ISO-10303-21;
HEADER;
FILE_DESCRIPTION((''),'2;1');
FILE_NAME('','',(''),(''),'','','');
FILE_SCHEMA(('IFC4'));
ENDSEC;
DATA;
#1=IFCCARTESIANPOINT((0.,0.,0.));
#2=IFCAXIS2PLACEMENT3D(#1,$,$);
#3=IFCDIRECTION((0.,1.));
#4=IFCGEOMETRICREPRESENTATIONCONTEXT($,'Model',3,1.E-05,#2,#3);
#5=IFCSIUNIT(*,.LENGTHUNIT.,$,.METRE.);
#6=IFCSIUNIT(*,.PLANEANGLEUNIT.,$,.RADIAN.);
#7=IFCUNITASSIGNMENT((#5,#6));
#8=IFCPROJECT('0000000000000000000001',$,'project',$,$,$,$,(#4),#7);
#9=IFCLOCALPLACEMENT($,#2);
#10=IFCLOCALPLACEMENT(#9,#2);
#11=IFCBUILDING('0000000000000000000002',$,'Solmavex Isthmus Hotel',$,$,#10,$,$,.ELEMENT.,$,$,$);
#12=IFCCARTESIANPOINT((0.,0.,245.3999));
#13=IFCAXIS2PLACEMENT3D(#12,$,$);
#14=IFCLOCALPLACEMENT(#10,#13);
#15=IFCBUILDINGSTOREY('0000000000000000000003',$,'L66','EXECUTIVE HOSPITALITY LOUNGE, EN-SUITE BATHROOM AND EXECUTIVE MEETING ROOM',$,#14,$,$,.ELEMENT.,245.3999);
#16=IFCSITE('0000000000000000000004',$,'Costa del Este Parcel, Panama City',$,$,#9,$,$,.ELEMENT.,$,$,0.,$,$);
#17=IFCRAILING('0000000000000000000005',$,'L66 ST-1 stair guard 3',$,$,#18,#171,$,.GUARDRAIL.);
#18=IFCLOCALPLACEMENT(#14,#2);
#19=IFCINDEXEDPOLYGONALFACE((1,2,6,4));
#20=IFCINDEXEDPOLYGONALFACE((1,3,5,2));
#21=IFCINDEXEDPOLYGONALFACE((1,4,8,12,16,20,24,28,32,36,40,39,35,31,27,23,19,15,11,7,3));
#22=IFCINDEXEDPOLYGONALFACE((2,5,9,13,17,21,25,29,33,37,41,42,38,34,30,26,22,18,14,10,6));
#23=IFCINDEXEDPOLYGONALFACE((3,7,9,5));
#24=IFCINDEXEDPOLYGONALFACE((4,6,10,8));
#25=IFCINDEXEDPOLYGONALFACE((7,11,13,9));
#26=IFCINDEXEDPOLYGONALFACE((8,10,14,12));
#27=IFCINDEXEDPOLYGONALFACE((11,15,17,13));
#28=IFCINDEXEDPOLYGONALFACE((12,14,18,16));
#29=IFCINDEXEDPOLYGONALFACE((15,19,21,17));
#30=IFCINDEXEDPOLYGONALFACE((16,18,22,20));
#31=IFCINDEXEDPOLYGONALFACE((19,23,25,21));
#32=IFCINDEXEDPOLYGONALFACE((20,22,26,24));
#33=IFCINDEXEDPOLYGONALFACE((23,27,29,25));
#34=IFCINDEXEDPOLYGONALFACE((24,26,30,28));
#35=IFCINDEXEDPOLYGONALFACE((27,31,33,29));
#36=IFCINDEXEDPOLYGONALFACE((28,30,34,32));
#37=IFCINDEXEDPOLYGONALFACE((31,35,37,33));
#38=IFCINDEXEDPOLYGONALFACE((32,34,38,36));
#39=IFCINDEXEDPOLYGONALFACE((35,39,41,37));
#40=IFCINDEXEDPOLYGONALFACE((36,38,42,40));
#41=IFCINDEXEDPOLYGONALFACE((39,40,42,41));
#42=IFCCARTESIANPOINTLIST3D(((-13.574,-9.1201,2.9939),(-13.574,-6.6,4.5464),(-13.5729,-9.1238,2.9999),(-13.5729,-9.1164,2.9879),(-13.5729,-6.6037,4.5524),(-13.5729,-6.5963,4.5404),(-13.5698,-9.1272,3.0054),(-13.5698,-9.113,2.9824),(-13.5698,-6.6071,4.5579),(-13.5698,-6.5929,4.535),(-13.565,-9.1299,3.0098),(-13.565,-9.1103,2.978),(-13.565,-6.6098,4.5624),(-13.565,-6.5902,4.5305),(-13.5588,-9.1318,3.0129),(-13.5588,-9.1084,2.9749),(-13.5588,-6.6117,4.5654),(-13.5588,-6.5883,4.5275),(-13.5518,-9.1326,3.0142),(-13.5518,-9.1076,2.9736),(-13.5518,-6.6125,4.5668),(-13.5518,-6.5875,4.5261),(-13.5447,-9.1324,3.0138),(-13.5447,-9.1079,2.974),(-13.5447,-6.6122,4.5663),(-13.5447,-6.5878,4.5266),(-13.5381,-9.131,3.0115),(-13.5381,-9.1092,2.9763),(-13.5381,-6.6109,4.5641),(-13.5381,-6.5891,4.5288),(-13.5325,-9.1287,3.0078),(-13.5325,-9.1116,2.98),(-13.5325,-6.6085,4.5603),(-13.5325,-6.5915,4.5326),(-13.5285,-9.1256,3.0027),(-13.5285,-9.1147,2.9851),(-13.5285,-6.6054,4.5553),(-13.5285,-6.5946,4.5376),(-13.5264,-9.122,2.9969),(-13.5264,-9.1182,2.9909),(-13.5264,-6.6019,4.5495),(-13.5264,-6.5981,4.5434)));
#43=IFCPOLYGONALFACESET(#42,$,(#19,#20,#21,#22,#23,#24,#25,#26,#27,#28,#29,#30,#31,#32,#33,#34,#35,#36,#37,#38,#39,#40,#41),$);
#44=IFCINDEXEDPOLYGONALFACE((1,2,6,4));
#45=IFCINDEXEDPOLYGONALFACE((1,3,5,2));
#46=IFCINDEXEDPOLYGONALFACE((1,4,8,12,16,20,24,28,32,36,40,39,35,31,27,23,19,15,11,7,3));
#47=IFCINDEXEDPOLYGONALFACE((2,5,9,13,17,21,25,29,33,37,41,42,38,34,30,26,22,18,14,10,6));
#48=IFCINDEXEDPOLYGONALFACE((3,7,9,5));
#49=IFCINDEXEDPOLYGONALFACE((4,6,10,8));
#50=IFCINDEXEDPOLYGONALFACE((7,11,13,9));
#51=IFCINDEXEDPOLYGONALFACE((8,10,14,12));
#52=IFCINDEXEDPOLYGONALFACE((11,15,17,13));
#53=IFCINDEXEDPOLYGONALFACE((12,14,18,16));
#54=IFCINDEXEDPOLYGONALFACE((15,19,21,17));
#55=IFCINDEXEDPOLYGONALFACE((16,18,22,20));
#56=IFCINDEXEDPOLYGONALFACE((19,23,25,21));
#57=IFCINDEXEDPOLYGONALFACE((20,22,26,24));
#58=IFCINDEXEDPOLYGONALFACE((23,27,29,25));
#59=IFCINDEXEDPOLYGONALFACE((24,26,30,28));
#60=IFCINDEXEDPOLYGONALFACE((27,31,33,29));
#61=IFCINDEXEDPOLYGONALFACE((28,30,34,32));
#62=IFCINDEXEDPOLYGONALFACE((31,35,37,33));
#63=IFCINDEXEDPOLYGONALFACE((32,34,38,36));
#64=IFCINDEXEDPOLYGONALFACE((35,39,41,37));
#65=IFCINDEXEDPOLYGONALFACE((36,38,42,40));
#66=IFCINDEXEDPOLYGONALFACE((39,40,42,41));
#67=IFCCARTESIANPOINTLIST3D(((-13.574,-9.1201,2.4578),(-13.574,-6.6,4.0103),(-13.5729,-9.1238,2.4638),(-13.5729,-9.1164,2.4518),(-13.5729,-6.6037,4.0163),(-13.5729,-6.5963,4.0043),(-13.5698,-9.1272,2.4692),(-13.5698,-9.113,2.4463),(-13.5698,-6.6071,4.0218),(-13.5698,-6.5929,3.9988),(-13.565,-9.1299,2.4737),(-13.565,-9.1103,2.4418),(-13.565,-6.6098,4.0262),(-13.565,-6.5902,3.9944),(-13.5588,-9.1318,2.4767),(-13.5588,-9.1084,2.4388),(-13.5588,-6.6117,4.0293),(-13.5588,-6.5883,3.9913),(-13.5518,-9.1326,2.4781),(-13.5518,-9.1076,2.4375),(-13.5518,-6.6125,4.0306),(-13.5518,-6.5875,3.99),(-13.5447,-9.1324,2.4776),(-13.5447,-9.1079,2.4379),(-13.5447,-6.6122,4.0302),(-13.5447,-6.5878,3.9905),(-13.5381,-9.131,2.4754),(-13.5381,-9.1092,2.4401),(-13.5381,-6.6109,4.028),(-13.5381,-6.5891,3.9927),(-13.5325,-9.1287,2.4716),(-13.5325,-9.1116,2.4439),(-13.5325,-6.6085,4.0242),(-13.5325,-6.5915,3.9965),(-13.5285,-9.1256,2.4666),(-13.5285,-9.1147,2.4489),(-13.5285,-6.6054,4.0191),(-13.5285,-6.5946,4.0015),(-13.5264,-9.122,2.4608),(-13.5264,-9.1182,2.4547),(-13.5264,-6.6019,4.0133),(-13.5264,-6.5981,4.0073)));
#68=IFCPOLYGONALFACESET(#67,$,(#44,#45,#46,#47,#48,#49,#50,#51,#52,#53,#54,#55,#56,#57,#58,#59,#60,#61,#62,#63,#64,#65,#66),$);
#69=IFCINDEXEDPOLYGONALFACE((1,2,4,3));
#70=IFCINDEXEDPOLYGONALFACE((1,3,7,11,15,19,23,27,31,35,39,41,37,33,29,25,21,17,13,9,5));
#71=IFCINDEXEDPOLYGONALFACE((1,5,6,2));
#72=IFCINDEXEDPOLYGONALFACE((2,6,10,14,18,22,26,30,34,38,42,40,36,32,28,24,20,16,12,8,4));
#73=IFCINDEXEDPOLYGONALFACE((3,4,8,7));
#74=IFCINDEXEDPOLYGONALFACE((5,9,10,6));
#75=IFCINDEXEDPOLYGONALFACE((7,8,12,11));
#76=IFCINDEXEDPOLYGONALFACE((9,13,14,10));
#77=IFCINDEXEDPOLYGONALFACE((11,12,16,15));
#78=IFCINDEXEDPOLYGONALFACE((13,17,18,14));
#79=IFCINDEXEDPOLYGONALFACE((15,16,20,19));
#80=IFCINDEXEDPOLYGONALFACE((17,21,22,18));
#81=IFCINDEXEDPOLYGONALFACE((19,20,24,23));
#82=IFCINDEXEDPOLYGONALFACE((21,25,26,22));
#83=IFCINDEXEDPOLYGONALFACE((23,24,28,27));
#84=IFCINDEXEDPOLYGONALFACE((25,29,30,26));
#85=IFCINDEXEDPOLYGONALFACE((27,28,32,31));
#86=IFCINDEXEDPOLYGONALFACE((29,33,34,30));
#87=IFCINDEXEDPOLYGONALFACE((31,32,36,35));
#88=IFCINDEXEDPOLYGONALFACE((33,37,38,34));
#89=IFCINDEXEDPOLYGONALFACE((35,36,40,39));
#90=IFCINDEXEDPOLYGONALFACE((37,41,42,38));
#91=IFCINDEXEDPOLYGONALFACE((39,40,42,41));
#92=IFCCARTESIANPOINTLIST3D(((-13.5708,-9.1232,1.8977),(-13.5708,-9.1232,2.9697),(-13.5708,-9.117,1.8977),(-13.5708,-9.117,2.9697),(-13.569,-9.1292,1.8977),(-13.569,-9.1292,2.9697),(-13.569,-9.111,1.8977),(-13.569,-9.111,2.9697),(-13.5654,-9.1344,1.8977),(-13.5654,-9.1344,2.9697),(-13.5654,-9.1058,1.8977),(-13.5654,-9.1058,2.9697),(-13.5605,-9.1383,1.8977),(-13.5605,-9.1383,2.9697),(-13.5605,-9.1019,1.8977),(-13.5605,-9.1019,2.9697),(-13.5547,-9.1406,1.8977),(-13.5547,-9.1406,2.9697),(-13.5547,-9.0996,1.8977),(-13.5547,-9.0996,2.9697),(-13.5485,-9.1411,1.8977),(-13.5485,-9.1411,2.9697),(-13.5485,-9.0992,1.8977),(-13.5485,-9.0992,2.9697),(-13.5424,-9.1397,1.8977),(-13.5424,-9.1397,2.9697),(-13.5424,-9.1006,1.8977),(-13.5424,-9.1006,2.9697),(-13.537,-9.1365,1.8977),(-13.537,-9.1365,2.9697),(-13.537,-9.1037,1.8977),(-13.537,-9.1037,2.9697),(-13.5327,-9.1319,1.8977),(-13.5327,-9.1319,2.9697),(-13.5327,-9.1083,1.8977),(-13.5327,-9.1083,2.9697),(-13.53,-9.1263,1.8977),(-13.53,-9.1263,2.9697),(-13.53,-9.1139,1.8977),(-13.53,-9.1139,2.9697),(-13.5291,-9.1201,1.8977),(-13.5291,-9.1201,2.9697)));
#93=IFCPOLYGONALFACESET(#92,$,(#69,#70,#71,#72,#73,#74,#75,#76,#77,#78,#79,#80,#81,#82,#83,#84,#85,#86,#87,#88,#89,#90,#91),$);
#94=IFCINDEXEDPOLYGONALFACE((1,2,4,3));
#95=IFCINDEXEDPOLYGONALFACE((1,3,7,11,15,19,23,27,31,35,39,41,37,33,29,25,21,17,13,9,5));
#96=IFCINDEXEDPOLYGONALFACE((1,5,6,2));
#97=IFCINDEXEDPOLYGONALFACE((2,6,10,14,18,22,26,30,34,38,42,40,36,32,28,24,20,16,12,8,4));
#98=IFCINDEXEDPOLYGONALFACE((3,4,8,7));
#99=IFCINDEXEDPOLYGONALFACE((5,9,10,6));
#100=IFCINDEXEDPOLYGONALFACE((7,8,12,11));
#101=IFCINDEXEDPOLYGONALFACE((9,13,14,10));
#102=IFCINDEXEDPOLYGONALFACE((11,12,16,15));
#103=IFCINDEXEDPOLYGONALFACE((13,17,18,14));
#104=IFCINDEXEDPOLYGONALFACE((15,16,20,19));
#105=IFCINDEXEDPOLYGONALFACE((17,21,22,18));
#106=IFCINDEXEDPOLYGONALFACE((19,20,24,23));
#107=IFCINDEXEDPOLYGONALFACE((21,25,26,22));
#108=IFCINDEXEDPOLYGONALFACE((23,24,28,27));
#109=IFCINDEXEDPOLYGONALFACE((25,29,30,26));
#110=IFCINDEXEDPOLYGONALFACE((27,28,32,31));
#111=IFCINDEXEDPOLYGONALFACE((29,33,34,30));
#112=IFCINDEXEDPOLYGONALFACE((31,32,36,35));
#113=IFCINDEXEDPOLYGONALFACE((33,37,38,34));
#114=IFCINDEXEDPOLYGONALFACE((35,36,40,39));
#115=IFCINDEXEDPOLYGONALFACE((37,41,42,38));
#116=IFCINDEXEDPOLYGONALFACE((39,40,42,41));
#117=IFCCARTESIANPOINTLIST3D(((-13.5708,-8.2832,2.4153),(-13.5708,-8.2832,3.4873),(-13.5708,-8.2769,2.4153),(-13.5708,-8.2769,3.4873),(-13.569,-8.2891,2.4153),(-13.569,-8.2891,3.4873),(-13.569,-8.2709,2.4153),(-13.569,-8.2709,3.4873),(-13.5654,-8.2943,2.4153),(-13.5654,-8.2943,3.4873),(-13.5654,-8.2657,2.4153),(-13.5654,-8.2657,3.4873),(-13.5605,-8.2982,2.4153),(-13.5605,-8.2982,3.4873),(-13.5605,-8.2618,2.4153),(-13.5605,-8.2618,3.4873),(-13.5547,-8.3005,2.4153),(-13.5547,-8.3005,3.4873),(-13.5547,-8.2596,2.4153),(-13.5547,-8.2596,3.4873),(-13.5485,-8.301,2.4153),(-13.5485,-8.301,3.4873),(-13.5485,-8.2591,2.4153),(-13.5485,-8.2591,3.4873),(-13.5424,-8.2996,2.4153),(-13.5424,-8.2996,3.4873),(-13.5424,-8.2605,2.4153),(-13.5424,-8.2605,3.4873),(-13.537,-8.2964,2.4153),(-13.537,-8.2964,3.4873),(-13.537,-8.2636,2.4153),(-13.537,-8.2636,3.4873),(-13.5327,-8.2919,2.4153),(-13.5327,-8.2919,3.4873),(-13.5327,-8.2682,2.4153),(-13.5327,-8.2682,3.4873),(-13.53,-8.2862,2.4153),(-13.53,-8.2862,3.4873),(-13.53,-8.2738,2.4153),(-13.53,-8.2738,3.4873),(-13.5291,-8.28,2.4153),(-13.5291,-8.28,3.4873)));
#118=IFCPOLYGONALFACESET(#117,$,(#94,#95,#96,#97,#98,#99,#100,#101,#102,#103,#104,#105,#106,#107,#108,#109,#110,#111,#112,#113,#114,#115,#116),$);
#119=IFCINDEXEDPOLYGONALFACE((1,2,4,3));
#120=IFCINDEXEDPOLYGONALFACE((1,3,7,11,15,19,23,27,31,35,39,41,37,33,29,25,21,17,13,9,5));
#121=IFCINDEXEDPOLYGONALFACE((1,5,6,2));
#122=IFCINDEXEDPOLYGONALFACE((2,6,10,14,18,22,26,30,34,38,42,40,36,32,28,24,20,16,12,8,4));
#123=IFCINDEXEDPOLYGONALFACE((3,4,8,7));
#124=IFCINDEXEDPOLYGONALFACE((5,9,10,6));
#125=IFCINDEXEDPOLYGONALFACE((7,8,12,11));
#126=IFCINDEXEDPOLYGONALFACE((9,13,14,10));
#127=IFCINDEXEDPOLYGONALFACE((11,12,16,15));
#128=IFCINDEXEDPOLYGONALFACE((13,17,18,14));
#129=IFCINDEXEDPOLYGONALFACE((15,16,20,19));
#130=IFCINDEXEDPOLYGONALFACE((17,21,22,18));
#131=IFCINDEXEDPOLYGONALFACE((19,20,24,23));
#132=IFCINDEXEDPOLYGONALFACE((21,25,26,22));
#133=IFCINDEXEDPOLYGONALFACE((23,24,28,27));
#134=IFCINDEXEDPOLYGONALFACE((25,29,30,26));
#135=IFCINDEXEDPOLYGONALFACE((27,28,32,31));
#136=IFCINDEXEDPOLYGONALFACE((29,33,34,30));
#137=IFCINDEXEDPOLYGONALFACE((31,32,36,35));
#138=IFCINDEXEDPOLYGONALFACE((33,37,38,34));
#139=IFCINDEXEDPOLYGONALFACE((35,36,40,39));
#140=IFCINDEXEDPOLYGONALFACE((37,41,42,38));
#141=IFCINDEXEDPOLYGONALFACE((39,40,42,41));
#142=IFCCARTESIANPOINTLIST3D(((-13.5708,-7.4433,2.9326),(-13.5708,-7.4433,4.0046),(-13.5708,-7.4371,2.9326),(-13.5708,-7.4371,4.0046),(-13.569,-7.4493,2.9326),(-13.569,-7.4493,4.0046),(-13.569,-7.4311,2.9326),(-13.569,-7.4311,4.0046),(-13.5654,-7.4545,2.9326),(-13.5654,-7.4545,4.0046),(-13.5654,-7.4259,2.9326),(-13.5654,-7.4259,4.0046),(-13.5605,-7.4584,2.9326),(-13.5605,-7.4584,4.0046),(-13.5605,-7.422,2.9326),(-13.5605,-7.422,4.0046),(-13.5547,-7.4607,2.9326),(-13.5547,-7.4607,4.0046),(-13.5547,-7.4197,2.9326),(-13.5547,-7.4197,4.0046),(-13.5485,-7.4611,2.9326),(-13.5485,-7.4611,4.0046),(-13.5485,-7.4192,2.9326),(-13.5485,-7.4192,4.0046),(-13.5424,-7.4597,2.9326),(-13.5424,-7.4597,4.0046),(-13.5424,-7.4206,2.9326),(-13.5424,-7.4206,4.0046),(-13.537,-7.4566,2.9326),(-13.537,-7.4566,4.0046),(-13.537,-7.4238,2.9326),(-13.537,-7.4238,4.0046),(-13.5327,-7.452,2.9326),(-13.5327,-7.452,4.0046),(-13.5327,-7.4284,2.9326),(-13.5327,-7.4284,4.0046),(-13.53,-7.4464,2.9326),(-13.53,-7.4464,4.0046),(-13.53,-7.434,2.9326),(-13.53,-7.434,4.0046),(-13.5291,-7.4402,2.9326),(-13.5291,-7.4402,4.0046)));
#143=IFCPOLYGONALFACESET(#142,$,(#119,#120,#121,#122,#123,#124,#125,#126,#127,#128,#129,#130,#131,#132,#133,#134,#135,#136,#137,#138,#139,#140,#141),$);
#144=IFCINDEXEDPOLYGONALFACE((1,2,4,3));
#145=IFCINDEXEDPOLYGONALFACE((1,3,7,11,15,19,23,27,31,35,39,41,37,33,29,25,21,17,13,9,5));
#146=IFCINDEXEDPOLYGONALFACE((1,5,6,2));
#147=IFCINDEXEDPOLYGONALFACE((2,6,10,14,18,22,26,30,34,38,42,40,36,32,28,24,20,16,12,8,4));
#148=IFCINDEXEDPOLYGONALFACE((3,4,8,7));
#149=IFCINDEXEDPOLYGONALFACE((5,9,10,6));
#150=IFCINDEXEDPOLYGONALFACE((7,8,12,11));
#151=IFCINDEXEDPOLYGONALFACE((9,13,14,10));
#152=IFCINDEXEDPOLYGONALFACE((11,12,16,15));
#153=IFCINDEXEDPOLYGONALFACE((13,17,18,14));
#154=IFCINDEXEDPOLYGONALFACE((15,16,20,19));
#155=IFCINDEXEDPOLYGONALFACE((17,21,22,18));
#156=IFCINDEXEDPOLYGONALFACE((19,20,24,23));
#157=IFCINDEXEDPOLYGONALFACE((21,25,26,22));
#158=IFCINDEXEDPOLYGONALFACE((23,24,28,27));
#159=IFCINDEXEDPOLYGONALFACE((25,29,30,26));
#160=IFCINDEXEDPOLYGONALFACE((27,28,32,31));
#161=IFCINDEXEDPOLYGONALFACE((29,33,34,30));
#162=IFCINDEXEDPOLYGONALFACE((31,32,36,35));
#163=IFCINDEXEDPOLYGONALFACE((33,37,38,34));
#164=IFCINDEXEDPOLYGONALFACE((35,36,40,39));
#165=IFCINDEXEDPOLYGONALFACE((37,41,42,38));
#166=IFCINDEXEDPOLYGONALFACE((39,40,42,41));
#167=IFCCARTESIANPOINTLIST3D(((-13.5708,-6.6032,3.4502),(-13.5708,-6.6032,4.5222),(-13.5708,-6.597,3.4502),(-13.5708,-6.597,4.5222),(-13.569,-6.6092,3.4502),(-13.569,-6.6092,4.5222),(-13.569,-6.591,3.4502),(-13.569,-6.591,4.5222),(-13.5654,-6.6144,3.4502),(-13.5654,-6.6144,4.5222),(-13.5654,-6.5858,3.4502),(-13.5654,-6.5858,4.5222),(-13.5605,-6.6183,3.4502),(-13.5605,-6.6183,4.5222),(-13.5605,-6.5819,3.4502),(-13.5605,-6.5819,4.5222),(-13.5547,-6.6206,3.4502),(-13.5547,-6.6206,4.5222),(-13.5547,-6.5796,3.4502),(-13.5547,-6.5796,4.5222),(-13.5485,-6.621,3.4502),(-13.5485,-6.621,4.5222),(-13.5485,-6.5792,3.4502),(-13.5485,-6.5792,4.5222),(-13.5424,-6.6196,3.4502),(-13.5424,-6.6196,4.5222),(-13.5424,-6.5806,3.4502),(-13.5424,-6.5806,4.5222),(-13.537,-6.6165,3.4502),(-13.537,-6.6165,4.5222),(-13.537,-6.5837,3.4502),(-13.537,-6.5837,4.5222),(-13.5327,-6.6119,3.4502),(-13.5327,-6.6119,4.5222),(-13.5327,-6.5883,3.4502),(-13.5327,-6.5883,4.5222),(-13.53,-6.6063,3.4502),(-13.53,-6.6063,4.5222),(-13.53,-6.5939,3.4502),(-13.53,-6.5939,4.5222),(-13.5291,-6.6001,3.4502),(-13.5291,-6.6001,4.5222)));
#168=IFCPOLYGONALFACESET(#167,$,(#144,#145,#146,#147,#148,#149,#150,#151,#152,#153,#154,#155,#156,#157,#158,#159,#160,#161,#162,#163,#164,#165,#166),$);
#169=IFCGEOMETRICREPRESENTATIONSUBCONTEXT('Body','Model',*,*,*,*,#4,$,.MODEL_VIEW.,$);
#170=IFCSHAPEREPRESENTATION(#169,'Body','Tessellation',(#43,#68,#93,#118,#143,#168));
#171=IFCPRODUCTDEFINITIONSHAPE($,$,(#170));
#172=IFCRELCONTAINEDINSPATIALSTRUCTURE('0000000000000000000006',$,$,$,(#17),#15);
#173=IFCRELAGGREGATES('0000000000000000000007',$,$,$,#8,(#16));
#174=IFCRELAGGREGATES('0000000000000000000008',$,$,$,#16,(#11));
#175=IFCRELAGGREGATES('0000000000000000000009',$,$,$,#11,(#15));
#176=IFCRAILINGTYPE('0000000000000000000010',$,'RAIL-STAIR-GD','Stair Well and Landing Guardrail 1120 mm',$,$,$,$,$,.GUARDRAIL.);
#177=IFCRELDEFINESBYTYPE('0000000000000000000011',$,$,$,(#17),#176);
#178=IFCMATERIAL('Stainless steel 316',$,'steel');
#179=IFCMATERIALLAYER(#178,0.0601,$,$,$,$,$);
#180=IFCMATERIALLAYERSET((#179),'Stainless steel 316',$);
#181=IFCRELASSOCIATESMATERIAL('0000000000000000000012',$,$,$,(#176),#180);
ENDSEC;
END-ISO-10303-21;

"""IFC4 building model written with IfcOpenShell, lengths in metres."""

from ifc_helpers import new_model, si_unit, direction, frame, origin, origin_2d, place, context, subcontext, project, spatial, circle, extrude, material, layer, layer_set, type_object, element, save


model = new_model("IFC4")

# Units and contexts
model_context = context("Model", 3, precision=1e-05, world=origin(), true_north=direction((0.0, 1.0)))
body_context = subcontext(model_context, "Body", "Model", "MODEL_VIEW")
ifc_project = project(units=[si_unit("LENGTHUNIT", "METRE"), si_unit("PLANEANGLEUNIT", "RADIAN")], contexts=[model_context])

# Site, building, storey
site_placement = place(None, origin())
site = spatial("IfcSite", under=ifc_project, at=site_placement, Name="Costa del Este Parcel, Panama City", CompositionType="ELEMENT", RefElevation=0.0)
building_placement = place(site_placement, origin())
building = spatial("IfcBuilding", under=site, at=building_placement, Name="Solmavex Isthmus Hotel", CompositionType="ELEMENT")
storey_placement = place(building_placement, frame((0.0, 0.0, 245.3999)))
storey = spatial("IfcBuildingStorey", under=building, at=storey_placement, Name="L66", Description="EXECUTIVE HOSPITALITY LOUNGE, EN-SUITE BATHROOM AND EXECUTIVE MEETING ROOM", CompositionType="ELEMENT", Elevation=245.3999)

# Railing
ifc_material_1 = material(Name="Stainless steel 316", Category="steel")
ifc_layer_1 = layer(ifc_material_1, 0.0601)
ifc_layer_set_1 = layer_set([ifc_layer_1], Name="Stainless steel 316")
railing_type_1 = type_object("IfcRailingType", Name="RAIL-STAIR-GD", Description="Stair Well and Landing Guardrail 1120 mm", PredefinedType="GUARDRAIL", material=ifc_layer_set_1)
railing_1_placement = place(storey_placement, frame((-13.55, -9.1201, 1.8977)))
element("IfcRailing", 1, at=railing_1_placement, inside=storey, type_object=railing_type_1, Name="L66 ST-1 stair guard 3", PredefinedType="GUARDRAIL", context=body_context, shape_type="SweptSolid", body=[
    extrude(circle(Radius=0.0239, at=origin_2d()), frame((0.0, 0.0, 1.0962), z_axis=(0.0, 0.8514, 0.524516), x_axis=(-1.0, 0.0, 0.0)), (0.0, 0.0, 1.0), 2.96),
    extrude(circle(Radius=0.0239, at=origin_2d()), frame((0.0, 0.0, 0.5601), z_axis=(0.0, 0.8514, 0.524516), x_axis=(-1.0, 0.0, 0.0)), (0.0, 0.0, 1.0), 2.96),
    extrude(circle(Radius=0.021, at=origin_2d()), origin(), (0.0, 0.0, 1.0), 1.072),
    extrude(circle(Radius=0.021, at=origin_2d()), frame((0.0, 0.8401, 0.5176)), (0.0, 0.0, 1.0), 1.072),
    extrude(circle(Radius=0.021, at=origin_2d()), frame((0.0, 1.6799, 1.0349)), (0.0, 0.0, 1.0), 1.072),
    extrude(circle(Radius=0.021, at=origin_2d()), frame((0.0, 2.52, 1.5525)), (0.0, 0.0, 1.0), 1.072),
])

save(model, "model.ifc")
